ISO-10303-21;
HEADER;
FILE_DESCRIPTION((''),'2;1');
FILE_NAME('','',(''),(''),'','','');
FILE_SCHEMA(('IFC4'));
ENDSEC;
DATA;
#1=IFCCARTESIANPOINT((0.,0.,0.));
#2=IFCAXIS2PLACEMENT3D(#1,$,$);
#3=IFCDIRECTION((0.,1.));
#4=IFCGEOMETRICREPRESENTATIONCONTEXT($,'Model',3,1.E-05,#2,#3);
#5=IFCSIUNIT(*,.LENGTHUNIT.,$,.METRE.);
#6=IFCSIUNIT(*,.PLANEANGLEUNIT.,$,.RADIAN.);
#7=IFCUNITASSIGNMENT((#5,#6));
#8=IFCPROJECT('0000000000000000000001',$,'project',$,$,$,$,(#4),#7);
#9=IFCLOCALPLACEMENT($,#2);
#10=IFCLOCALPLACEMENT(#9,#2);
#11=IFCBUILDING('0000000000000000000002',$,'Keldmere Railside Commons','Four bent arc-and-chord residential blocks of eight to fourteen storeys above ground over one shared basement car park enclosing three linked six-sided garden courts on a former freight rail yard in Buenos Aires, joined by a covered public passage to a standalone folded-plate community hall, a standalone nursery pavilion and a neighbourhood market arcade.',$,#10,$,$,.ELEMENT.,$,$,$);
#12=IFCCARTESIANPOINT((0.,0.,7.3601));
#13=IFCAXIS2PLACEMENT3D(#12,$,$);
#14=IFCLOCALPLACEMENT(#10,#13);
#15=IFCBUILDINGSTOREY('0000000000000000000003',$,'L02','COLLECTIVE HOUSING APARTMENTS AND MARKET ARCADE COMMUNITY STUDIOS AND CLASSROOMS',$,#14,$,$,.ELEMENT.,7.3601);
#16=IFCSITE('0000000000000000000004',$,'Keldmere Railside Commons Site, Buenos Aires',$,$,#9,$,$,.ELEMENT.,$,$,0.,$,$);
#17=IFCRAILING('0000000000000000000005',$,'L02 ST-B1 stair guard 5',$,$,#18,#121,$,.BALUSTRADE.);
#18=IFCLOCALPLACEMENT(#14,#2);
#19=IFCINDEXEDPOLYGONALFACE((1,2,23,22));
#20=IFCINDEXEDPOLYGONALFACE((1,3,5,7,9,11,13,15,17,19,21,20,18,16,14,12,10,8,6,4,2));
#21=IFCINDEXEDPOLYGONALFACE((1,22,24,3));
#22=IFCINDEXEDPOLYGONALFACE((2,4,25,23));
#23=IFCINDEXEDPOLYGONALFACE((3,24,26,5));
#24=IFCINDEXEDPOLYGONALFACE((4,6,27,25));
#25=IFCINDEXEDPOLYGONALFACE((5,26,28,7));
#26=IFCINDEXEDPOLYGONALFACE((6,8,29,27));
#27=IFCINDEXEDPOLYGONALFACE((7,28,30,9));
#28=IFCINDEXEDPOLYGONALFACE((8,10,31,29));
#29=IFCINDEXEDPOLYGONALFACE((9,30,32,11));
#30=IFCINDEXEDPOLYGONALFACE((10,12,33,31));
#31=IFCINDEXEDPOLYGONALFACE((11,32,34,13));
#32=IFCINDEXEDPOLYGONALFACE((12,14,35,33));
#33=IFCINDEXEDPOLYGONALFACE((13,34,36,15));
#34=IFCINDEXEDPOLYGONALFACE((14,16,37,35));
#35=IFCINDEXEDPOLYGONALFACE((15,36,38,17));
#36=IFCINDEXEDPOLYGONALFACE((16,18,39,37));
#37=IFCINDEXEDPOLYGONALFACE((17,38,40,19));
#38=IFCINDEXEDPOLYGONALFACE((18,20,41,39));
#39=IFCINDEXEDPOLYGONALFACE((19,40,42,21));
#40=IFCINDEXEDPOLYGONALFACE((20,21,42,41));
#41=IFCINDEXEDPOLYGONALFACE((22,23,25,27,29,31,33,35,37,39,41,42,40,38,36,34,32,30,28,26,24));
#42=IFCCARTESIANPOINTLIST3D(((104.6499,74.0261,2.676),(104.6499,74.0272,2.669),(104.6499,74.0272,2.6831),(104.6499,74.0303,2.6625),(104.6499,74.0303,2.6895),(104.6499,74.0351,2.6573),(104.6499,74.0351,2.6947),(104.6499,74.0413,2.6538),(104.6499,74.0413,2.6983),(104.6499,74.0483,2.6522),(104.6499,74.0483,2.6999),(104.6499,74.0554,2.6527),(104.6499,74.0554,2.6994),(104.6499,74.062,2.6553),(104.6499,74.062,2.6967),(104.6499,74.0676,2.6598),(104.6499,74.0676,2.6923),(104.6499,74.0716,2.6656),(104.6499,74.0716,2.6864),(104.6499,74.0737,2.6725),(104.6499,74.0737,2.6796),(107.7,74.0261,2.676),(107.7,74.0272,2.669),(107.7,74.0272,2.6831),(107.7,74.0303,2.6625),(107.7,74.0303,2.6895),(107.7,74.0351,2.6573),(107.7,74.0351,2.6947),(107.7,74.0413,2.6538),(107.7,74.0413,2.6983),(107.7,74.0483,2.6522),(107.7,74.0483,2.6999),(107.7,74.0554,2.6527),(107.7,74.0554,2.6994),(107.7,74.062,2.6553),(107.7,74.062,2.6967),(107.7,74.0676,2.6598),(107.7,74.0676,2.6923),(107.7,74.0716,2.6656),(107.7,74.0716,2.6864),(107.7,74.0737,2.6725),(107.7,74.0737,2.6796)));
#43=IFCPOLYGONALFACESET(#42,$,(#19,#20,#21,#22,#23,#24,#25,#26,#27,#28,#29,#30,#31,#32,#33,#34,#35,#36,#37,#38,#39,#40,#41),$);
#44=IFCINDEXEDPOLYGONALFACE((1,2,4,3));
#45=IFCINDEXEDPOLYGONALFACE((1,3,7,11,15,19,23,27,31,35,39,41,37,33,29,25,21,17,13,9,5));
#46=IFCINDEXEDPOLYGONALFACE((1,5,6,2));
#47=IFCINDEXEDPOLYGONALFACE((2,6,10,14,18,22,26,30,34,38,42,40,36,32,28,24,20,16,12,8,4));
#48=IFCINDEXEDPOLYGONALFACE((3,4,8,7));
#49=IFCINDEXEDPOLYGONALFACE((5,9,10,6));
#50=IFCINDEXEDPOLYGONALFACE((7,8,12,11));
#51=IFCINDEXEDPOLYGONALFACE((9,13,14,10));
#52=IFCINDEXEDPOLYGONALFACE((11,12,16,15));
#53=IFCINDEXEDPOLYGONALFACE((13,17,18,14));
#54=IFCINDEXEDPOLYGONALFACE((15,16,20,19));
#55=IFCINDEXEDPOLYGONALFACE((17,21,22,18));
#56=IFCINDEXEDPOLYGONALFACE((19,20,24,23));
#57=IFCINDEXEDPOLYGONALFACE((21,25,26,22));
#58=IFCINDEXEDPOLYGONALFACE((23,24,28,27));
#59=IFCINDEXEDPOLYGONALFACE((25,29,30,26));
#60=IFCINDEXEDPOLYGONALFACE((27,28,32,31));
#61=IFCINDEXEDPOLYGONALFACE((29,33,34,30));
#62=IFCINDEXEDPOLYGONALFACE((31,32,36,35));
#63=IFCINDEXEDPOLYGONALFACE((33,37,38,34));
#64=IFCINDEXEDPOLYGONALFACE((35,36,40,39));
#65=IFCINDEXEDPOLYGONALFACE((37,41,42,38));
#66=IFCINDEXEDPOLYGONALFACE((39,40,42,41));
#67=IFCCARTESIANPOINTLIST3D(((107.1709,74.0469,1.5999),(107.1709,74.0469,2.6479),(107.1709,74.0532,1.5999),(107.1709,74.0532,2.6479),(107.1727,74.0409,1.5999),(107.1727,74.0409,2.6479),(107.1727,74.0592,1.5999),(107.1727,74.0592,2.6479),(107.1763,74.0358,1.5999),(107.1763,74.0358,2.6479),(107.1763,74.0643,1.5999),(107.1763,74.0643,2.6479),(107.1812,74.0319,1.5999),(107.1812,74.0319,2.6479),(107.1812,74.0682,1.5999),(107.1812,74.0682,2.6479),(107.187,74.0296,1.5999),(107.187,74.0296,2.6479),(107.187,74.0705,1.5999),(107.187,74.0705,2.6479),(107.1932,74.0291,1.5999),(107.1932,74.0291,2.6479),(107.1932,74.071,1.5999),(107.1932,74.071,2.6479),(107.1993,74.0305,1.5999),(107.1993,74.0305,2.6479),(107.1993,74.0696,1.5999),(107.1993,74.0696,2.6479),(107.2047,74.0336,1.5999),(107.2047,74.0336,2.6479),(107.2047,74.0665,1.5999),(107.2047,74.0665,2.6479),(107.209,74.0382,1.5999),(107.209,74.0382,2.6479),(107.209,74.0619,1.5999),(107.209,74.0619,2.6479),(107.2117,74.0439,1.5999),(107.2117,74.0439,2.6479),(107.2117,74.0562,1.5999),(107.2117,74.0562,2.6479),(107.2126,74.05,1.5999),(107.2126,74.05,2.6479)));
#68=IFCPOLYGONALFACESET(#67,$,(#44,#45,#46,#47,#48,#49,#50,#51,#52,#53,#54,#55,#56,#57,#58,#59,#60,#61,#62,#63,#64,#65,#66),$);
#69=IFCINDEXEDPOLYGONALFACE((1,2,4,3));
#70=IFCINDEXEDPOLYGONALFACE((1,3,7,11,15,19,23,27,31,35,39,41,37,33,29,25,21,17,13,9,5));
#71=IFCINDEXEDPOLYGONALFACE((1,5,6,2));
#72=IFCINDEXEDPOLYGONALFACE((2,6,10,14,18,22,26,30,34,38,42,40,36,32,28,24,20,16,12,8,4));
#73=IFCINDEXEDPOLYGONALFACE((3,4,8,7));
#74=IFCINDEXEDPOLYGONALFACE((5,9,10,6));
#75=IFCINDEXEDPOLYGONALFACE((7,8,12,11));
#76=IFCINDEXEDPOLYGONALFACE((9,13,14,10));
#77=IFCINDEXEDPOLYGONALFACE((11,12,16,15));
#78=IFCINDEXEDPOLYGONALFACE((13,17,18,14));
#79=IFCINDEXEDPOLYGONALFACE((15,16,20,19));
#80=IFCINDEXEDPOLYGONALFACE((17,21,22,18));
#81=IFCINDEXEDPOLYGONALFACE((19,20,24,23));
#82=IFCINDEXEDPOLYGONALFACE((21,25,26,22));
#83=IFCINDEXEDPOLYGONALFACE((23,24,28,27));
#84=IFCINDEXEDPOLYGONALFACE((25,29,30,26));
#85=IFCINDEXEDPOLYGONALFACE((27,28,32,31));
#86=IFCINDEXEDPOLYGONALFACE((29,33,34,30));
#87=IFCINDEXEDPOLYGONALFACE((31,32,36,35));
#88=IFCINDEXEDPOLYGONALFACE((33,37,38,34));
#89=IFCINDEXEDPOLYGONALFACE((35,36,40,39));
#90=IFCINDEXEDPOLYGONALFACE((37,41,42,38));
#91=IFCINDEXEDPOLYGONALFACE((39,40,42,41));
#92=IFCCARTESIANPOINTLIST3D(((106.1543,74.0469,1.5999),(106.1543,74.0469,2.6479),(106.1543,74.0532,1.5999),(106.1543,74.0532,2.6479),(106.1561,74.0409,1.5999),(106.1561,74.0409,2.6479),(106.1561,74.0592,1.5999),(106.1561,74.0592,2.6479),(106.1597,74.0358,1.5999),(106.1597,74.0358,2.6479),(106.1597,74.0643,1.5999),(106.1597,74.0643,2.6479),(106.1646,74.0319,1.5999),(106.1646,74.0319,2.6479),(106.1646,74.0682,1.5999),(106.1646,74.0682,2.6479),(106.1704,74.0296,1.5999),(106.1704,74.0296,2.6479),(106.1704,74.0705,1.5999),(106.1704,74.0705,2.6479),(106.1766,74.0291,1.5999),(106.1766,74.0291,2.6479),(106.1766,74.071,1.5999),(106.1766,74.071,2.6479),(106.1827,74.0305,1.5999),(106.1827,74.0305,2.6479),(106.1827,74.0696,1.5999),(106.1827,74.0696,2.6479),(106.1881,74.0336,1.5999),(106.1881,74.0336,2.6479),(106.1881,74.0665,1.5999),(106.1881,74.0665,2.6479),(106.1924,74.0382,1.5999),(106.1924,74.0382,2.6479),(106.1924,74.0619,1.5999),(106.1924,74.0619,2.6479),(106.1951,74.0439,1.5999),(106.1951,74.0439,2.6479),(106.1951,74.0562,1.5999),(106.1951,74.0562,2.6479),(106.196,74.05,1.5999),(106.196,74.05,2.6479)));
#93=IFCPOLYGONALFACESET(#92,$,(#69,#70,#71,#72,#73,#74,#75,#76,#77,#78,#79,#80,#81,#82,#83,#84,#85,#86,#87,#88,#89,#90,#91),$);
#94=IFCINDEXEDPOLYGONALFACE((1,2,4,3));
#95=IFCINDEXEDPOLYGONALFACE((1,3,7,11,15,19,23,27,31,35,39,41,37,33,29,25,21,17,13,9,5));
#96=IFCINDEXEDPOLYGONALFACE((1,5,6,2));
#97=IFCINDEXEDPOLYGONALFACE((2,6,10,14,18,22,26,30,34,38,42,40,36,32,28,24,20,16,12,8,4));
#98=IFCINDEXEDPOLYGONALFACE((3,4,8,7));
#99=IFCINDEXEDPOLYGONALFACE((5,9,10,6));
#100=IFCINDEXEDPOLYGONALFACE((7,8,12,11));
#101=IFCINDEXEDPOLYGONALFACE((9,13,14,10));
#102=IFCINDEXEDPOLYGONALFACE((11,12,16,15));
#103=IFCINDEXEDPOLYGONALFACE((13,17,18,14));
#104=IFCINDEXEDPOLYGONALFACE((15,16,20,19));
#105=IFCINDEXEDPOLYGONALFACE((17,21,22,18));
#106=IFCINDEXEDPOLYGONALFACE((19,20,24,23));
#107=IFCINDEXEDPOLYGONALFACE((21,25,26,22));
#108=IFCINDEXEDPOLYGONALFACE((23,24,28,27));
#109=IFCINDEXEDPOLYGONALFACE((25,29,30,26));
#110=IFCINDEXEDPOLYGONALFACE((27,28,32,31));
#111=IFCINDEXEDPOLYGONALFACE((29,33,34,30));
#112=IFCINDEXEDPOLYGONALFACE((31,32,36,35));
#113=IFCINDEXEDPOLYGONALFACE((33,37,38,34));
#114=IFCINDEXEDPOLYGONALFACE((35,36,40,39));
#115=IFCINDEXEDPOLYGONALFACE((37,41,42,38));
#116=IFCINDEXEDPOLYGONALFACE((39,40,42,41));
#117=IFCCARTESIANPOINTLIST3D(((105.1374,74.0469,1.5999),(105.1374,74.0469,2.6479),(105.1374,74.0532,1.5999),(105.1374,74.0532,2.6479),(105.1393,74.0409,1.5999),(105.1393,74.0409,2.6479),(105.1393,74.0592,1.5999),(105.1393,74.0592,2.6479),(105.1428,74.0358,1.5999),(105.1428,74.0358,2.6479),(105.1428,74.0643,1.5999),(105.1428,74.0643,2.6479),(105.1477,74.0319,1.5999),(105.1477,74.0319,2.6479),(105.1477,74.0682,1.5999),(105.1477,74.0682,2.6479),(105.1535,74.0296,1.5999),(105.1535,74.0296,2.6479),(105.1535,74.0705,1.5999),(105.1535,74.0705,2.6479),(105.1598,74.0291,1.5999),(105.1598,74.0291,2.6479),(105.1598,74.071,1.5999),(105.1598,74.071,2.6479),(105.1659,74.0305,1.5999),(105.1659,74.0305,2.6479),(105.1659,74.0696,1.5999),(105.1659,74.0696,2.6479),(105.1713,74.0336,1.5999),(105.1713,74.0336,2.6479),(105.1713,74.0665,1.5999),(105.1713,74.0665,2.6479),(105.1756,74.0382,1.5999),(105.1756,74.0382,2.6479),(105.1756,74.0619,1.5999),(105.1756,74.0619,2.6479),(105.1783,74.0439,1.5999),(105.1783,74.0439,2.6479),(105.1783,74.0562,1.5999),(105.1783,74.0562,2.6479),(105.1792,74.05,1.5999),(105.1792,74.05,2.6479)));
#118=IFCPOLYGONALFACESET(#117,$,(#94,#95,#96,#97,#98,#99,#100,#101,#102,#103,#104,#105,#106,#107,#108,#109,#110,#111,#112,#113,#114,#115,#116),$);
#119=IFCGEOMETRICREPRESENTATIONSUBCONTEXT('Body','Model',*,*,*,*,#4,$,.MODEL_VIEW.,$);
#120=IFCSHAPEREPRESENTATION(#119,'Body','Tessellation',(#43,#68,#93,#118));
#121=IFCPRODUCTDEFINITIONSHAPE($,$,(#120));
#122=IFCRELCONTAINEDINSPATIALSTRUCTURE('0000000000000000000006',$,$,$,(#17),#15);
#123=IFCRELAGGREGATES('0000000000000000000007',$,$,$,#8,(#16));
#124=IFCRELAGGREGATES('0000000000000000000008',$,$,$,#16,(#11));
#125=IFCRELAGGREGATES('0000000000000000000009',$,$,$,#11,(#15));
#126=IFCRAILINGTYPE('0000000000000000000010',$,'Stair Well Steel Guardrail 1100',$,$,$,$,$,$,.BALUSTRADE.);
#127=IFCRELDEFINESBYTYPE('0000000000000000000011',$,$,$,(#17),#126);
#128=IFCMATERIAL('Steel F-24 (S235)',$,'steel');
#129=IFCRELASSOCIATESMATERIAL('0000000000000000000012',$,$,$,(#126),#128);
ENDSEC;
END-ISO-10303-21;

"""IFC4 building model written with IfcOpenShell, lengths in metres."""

from ifc_helpers import new_model, si_unit, direction, frame, origin, origin_2d, place, context, subcontext, project, spatial, circle, extrude, material, type_object, element, save


model = new_model("IFC4")

# Units and contexts
model_context = context("Model", 3, precision=1e-05, world=origin(), true_north=direction((0.0, 1.0)))
body_context = subcontext(model_context, "Body", "Model", "MODEL_VIEW")
ifc_project = project(units=[si_unit("LENGTHUNIT", "METRE"), si_unit("PLANEANGLEUNIT", "RADIAN")], contexts=[model_context])

# Site, building, storey
site_placement = place(None, origin())
site = spatial("IfcSite", under=ifc_project, at=site_placement, Name="Keldmere Railside Commons Site, Buenos Aires", CompositionType="ELEMENT", RefElevation=0.0)
building_placement = place(site_placement, origin())
building = spatial("IfcBuilding", under=site, at=building_placement, Name="Keldmere Railside Commons", Description="Four bent arc-and-chord residential blocks of eight to fourteen storeys above ground over one shared basement car park enclosing three linked six-sided garden courts on a former freight rail yard in Buenos Aires, joined by a covered public passage to a standalone folded-plate community hall, a standalone nursery pavilion and a neighbourhood market arcade.", CompositionType="ELEMENT")
storey_placement = place(building_placement, frame((0.0, 0.0, 7.3601)))
storey = spatial("IfcBuildingStorey", under=building, at=storey_placement, Name="L02", Description="COLLECTIVE HOUSING APARTMENTS AND MARKET ARCADE COMMUNITY STUDIOS AND CLASSROOMS", CompositionType="ELEMENT", Elevation=7.3601)

# Shared definitions
ifc_material_1 = material(Name="Steel F-24 (S235)", Category="steel")

# Railing
railing_type_1 = type_object("IfcRailingType", Name="Stair Well Steel Guardrail 1100", PredefinedType="BALUSTRADE", material=ifc_material_1)
railing_1_placement = place(storey_placement, frame((107.7, 74.05, 1.5999)))
element("IfcRailing", 1, at=railing_1_placement, inside=storey, type_object=railing_type_1, Name="L02 ST-B1 stair guard 5", PredefinedType="BALUSTRADE", context=body_context, shape_type="SweptSolid", body=[
    extrude(circle(Radius=0.0239, at=origin_2d()), frame((0.0, 0.0, 1.0762), z_axis=(-1.0, 0.0, 0.0), x_axis=(0.0, -1.0, 0.0)), (0.0, 0.0, 1.0), 3.05),
    extrude(circle(Radius=0.021, at=origin_2d()), frame((-0.5083, 0.0, 0.0)), (0.0, 0.0, 1.0), 1.0481),
    extrude(circle(Radius=0.021, at=origin_2d()), frame((-1.5249, 0.0, 0.0)), (0.0, 0.0, 1.0), 1.0481),
    extrude(circle(Radius=0.021, at=origin_2d()), frame((-2.5417, 0.0, 0.0)), (0.0, 0.0, 1.0), 1.0481),
])

save(model, "model.ifc")
